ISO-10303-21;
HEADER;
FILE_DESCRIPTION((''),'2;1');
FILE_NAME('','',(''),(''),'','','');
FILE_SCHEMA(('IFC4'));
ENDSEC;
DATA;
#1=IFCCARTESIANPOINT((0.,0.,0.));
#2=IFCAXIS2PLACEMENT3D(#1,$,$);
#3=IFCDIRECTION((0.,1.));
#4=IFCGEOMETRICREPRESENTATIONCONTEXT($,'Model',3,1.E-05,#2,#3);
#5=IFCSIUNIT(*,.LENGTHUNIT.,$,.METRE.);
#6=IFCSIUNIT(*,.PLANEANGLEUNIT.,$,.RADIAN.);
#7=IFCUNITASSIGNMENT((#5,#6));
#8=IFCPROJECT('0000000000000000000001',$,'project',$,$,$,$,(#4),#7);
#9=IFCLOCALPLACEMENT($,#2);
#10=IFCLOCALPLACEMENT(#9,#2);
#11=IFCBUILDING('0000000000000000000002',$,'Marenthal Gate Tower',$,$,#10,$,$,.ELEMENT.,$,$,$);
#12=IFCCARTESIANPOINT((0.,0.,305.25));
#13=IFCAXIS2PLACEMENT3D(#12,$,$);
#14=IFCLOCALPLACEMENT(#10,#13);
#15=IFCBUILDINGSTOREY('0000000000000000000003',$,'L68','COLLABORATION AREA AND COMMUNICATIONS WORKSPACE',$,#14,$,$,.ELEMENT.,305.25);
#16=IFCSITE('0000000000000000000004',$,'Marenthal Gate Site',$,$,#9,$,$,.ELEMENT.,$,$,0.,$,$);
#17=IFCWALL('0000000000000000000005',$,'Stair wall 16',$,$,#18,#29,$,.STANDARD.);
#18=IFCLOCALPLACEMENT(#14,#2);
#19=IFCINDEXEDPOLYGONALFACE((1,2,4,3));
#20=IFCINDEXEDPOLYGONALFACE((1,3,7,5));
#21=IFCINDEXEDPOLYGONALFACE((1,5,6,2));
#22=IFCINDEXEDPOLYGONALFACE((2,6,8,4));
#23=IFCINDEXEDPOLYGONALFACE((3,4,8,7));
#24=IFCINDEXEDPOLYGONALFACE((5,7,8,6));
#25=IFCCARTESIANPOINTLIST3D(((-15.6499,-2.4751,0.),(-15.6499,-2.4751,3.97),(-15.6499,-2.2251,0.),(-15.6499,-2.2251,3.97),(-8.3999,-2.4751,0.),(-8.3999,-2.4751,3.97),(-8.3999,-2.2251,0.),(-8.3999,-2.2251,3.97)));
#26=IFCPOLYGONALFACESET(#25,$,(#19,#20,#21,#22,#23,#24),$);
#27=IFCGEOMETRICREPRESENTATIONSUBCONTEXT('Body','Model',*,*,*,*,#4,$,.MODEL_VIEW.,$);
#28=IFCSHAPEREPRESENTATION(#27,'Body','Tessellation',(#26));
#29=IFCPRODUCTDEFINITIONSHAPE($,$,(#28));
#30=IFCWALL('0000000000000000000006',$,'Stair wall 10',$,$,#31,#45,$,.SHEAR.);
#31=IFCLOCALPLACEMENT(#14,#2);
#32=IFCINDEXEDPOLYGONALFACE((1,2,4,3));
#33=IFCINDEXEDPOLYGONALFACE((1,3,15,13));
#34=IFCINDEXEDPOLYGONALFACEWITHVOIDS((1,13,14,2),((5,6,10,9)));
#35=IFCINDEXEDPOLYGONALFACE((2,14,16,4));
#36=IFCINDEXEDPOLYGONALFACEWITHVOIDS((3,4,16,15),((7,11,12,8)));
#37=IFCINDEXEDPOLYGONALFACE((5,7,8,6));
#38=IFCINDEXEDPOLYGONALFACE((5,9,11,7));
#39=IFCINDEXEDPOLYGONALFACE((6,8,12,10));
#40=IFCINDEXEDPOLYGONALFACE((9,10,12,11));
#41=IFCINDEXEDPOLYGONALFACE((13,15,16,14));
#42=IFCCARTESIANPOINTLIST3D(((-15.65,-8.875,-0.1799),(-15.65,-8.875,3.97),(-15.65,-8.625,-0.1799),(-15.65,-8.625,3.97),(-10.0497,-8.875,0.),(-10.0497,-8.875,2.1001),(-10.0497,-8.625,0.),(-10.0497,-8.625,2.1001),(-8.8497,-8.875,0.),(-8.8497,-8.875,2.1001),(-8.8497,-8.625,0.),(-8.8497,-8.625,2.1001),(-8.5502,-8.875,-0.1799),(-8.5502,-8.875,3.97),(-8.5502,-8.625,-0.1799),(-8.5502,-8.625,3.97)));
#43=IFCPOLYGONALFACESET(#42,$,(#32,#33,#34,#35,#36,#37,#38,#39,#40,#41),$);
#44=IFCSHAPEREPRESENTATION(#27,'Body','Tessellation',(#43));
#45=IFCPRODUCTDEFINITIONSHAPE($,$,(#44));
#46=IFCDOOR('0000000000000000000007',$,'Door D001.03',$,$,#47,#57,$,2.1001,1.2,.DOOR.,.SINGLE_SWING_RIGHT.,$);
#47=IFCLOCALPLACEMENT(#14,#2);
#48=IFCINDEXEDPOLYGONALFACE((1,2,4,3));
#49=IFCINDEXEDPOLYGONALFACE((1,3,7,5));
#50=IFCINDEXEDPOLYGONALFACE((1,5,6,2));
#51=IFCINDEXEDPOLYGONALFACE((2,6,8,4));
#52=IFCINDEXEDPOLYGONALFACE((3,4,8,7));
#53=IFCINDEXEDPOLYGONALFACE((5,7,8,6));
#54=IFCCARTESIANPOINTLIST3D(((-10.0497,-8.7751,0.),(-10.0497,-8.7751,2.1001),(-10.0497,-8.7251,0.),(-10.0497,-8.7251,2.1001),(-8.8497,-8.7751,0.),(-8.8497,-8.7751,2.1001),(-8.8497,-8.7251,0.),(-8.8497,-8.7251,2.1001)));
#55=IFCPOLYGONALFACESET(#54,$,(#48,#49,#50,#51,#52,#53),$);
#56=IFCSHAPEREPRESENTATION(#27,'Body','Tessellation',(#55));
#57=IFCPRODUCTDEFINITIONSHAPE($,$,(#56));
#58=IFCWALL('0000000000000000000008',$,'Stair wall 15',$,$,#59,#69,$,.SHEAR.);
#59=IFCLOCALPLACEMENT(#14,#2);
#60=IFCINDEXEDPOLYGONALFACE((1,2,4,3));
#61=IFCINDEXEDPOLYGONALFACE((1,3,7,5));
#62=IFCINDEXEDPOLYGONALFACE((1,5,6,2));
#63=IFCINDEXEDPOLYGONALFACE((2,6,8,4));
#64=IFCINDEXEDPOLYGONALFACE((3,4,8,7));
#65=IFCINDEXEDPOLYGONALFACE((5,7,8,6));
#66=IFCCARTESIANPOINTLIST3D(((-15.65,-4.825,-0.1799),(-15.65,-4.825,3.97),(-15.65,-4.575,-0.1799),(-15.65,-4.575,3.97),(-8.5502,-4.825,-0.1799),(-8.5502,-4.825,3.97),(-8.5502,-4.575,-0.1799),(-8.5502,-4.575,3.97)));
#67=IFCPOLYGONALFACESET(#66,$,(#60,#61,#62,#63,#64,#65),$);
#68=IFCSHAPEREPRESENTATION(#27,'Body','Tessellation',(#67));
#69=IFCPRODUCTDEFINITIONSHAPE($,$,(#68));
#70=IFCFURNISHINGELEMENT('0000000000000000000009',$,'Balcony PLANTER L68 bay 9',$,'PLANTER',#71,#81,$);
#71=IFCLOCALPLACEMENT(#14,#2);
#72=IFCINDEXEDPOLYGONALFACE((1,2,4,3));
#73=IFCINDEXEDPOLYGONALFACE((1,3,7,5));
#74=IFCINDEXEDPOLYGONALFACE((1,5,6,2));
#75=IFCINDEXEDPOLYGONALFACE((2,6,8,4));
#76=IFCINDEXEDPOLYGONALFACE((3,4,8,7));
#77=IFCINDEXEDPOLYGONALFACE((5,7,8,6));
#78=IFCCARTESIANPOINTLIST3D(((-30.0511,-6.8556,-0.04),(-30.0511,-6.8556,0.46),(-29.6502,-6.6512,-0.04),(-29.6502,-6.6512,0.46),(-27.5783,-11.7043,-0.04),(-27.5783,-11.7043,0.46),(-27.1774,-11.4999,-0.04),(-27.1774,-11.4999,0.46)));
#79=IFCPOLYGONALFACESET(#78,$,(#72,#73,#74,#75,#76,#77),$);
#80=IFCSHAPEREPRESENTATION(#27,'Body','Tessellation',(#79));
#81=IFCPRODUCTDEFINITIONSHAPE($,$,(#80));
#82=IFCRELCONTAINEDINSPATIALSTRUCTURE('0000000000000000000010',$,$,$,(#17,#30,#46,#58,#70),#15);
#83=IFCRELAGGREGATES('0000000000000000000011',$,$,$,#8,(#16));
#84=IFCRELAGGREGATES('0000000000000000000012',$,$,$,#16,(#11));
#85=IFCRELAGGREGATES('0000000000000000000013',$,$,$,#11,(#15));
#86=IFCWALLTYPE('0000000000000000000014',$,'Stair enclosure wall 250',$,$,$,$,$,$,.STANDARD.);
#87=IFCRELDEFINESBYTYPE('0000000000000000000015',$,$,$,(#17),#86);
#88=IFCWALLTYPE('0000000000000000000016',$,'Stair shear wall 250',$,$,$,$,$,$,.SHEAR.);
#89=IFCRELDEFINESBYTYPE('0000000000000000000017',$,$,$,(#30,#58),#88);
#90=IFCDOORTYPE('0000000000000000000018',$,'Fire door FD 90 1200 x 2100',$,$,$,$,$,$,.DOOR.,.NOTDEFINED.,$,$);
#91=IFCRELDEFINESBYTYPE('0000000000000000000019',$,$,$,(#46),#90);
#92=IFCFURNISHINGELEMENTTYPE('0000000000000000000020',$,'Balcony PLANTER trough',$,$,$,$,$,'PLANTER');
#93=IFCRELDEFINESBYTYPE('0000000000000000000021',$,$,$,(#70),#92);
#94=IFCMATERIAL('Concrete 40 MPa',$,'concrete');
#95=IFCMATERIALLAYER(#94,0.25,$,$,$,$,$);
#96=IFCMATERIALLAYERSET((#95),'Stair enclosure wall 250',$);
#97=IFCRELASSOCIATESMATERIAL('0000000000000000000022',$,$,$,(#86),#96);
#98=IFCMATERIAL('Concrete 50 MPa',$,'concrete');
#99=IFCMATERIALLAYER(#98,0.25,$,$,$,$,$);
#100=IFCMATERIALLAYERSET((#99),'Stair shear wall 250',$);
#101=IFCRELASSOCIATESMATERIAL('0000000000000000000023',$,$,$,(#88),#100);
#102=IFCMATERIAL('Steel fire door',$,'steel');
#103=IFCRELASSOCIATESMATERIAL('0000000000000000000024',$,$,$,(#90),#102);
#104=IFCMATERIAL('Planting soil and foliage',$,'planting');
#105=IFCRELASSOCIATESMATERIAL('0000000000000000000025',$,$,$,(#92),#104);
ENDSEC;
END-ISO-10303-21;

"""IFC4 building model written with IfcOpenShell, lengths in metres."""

from ifc_helpers import new_model, si_unit, direction, frame, frame_2d, origin, origin_2d, place, context, subcontext, project, spatial, rectangle, extrude, material, layer, layer_set, type_object, element, fill, save


model = new_model("IFC4")

# Units and contexts
model_context = context("Model", 3, precision=1e-05, world=origin(), true_north=direction((0.0, 1.0)))
body_context = subcontext(model_context, "Body", "Model", "MODEL_VIEW")
ifc_project = project(units=[si_unit("LENGTHUNIT", "METRE"), si_unit("PLANEANGLEUNIT", "RADIAN")], contexts=[model_context])

# Site, building, storey
site_placement = place(None, origin())
site = spatial("IfcSite", under=ifc_project, at=site_placement, Name="Marenthal Gate Site", CompositionType="ELEMENT", RefElevation=0.0)
building_placement = place(site_placement, origin())
building = spatial("IfcBuilding", under=site, at=building_placement, Name="Marenthal Gate Tower", CompositionType="ELEMENT")
storey_placement = place(building_placement, frame((0.0, 0.0, 305.25)))
storey = spatial("IfcBuildingStorey", under=building, at=storey_placement, Name="L68", Description="COLLABORATION AREA AND COMMUNICATIONS WORKSPACE", CompositionType="ELEMENT", Elevation=305.25)

# Wall
ifc_material_1 = material(Name="Concrete 40 MPa", Category="concrete")
ifc_layer_1 = layer(ifc_material_1, 0.25)
ifc_layer_set_1 = layer_set([ifc_layer_1], Name="Stair enclosure wall 250")
wall_type_1 = type_object("IfcWallType", Name="Stair enclosure wall 250", PredefinedType="STANDARD", material=ifc_layer_set_1)
wall_1_placement = place(storey_placement, frame((-15.6499, -2.3501, 0.0), z_axis=(0.0, 0.0, 1.0), x_axis=(1.0, 0.0, 0.0)))
element("IfcWall", 1, at=wall_1_placement, inside=storey, type_object=wall_type_1, Name="Stair wall 16", PredefinedType="STANDARD", context=body_context, shape_type="SweptSolid", body=[
    extrude(rectangle(XDim=7.25, YDim=0.25, at=frame_2d((3.625, 0.0))), origin(), (0.0, 0.0, 1.0), 3.97),
])

# Wall, opening, door
ifc_material_2 = material(Name="Concrete 50 MPa", Category="concrete")
ifc_layer_2 = layer(ifc_material_2, 0.25)
ifc_layer_set_2 = layer_set([ifc_layer_2], Name="Stair shear wall 250")
wall_type_2 = type_object("IfcWallType", Name="Stair shear wall 250", PredefinedType="SHEAR", material=ifc_layer_set_2)
wall_2_placement = place(storey_placement, frame((-15.6499, -8.75, -0.1799), z_axis=(0.0, 0.0, 1.0), x_axis=(1.0, 0.0, 0.0)))
wall_2 = element("IfcWall", 2, at=wall_2_placement, inside=storey, type_object=wall_type_2, Name="Stair wall 10", PredefinedType="SHEAR", context=body_context, shape_type="SweptSolid", body=[
    extrude(rectangle(XDim=7.0999, YDim=0.25, at=frame_2d((3.5498, 0.0))), origin(), (0.0, 0.0, 1.0), 4.1499),
])
opening_1_placement = place(wall_2_placement, frame((5.6001, 0.0, 0.1799)))
opening_1 = element("IfcOpeningElement", 3, at=opening_1_placement, cuts=wall_2, PredefinedType="OPENING", context=body_context, shape_type="SweptSolid", body=[
    extrude(rectangle(XDim=1.2, YDim=2.1001, at=frame_2d((0.6001, 1.05))), frame((0.0, 0.135, 0.0), z_axis=(0.0, -1.0, 0.0), x_axis=(1.0, 0.0, 0.0)), (0.0, 0.0, 1.0), 0.27),
])
ifc_material_3 = material(Name="Steel fire door", Category="steel")
door_type_1 = type_object("IfcDoorType", Name="Fire door FD 90 1200 x 2100", OperationType="NOTDEFINED", PredefinedType="DOOR", material=ifc_material_3)
door_1_placement = place(opening_1_placement, origin())
door_1 = element("IfcDoor", 4, at=door_1_placement, inside=storey, type_object=door_type_1, Name="Door D001.03", OperationType="SINGLE_SWING_RIGHT", OverallHeight=2.1001, OverallWidth=1.2, PredefinedType="DOOR", context=body_context, shape_type="SweptSolid", body=[
    extrude(rectangle(XDim=1.2, YDim=2.1001, at=frame_2d((0.6001, 1.05))), frame((0.0, 0.0249, 0.0), z_axis=(0.0, -1.0, 0.0), x_axis=(1.0, 0.0, 0.0)), (0.0, 0.0, 1.0), 0.05),
])
fill(opening_1, door_1)

# Wall
wall_3_placement = place(storey_placement, frame((-15.6499, -4.7, -0.1799), z_axis=(0.0, 0.0, 1.0), x_axis=(1.0, 0.0, 0.0)))
element("IfcWall", 5, at=wall_3_placement, inside=storey, type_object=wall_type_2, Name="Stair wall 15", PredefinedType="SHEAR", context=body_context, shape_type="SweptSolid", body=[
    extrude(rectangle(XDim=7.0999, YDim=0.25, at=frame_2d((3.5498, 0.0))), origin(), (0.0, 0.0, 1.0), 4.1499),
])

# Furnishing element
ifc_material_4 = material(Name="Planting soil and foliage", Category="planting")
furnishing_element_type = type_object("IfcFurnishingElementType", Name="Balcony PLANTER trough", ElementType="PLANTER", material=ifc_material_4)
furnishing_placement = place(storey_placement, frame((-28.6143, -9.1777, -0.04), z_axis=(0.0, 0.0, 1.0), x_axis=(0.454321, -0.890838, 0.0)))
element("IfcFurnishingElement", 6, at=furnishing_placement, inside=storey, type_object=furnishing_element_type, Name="Balcony PLANTER L68 bay 9", ObjectType="PLANTER", context=body_context, shape_type="SweptSolid", body=[
    extrude(rectangle(XDim=5.4429, YDim=0.45, at=origin_2d()), origin(), (0.0, 0.0, 1.0), 0.5),
])

save(model, "model.ifc")
